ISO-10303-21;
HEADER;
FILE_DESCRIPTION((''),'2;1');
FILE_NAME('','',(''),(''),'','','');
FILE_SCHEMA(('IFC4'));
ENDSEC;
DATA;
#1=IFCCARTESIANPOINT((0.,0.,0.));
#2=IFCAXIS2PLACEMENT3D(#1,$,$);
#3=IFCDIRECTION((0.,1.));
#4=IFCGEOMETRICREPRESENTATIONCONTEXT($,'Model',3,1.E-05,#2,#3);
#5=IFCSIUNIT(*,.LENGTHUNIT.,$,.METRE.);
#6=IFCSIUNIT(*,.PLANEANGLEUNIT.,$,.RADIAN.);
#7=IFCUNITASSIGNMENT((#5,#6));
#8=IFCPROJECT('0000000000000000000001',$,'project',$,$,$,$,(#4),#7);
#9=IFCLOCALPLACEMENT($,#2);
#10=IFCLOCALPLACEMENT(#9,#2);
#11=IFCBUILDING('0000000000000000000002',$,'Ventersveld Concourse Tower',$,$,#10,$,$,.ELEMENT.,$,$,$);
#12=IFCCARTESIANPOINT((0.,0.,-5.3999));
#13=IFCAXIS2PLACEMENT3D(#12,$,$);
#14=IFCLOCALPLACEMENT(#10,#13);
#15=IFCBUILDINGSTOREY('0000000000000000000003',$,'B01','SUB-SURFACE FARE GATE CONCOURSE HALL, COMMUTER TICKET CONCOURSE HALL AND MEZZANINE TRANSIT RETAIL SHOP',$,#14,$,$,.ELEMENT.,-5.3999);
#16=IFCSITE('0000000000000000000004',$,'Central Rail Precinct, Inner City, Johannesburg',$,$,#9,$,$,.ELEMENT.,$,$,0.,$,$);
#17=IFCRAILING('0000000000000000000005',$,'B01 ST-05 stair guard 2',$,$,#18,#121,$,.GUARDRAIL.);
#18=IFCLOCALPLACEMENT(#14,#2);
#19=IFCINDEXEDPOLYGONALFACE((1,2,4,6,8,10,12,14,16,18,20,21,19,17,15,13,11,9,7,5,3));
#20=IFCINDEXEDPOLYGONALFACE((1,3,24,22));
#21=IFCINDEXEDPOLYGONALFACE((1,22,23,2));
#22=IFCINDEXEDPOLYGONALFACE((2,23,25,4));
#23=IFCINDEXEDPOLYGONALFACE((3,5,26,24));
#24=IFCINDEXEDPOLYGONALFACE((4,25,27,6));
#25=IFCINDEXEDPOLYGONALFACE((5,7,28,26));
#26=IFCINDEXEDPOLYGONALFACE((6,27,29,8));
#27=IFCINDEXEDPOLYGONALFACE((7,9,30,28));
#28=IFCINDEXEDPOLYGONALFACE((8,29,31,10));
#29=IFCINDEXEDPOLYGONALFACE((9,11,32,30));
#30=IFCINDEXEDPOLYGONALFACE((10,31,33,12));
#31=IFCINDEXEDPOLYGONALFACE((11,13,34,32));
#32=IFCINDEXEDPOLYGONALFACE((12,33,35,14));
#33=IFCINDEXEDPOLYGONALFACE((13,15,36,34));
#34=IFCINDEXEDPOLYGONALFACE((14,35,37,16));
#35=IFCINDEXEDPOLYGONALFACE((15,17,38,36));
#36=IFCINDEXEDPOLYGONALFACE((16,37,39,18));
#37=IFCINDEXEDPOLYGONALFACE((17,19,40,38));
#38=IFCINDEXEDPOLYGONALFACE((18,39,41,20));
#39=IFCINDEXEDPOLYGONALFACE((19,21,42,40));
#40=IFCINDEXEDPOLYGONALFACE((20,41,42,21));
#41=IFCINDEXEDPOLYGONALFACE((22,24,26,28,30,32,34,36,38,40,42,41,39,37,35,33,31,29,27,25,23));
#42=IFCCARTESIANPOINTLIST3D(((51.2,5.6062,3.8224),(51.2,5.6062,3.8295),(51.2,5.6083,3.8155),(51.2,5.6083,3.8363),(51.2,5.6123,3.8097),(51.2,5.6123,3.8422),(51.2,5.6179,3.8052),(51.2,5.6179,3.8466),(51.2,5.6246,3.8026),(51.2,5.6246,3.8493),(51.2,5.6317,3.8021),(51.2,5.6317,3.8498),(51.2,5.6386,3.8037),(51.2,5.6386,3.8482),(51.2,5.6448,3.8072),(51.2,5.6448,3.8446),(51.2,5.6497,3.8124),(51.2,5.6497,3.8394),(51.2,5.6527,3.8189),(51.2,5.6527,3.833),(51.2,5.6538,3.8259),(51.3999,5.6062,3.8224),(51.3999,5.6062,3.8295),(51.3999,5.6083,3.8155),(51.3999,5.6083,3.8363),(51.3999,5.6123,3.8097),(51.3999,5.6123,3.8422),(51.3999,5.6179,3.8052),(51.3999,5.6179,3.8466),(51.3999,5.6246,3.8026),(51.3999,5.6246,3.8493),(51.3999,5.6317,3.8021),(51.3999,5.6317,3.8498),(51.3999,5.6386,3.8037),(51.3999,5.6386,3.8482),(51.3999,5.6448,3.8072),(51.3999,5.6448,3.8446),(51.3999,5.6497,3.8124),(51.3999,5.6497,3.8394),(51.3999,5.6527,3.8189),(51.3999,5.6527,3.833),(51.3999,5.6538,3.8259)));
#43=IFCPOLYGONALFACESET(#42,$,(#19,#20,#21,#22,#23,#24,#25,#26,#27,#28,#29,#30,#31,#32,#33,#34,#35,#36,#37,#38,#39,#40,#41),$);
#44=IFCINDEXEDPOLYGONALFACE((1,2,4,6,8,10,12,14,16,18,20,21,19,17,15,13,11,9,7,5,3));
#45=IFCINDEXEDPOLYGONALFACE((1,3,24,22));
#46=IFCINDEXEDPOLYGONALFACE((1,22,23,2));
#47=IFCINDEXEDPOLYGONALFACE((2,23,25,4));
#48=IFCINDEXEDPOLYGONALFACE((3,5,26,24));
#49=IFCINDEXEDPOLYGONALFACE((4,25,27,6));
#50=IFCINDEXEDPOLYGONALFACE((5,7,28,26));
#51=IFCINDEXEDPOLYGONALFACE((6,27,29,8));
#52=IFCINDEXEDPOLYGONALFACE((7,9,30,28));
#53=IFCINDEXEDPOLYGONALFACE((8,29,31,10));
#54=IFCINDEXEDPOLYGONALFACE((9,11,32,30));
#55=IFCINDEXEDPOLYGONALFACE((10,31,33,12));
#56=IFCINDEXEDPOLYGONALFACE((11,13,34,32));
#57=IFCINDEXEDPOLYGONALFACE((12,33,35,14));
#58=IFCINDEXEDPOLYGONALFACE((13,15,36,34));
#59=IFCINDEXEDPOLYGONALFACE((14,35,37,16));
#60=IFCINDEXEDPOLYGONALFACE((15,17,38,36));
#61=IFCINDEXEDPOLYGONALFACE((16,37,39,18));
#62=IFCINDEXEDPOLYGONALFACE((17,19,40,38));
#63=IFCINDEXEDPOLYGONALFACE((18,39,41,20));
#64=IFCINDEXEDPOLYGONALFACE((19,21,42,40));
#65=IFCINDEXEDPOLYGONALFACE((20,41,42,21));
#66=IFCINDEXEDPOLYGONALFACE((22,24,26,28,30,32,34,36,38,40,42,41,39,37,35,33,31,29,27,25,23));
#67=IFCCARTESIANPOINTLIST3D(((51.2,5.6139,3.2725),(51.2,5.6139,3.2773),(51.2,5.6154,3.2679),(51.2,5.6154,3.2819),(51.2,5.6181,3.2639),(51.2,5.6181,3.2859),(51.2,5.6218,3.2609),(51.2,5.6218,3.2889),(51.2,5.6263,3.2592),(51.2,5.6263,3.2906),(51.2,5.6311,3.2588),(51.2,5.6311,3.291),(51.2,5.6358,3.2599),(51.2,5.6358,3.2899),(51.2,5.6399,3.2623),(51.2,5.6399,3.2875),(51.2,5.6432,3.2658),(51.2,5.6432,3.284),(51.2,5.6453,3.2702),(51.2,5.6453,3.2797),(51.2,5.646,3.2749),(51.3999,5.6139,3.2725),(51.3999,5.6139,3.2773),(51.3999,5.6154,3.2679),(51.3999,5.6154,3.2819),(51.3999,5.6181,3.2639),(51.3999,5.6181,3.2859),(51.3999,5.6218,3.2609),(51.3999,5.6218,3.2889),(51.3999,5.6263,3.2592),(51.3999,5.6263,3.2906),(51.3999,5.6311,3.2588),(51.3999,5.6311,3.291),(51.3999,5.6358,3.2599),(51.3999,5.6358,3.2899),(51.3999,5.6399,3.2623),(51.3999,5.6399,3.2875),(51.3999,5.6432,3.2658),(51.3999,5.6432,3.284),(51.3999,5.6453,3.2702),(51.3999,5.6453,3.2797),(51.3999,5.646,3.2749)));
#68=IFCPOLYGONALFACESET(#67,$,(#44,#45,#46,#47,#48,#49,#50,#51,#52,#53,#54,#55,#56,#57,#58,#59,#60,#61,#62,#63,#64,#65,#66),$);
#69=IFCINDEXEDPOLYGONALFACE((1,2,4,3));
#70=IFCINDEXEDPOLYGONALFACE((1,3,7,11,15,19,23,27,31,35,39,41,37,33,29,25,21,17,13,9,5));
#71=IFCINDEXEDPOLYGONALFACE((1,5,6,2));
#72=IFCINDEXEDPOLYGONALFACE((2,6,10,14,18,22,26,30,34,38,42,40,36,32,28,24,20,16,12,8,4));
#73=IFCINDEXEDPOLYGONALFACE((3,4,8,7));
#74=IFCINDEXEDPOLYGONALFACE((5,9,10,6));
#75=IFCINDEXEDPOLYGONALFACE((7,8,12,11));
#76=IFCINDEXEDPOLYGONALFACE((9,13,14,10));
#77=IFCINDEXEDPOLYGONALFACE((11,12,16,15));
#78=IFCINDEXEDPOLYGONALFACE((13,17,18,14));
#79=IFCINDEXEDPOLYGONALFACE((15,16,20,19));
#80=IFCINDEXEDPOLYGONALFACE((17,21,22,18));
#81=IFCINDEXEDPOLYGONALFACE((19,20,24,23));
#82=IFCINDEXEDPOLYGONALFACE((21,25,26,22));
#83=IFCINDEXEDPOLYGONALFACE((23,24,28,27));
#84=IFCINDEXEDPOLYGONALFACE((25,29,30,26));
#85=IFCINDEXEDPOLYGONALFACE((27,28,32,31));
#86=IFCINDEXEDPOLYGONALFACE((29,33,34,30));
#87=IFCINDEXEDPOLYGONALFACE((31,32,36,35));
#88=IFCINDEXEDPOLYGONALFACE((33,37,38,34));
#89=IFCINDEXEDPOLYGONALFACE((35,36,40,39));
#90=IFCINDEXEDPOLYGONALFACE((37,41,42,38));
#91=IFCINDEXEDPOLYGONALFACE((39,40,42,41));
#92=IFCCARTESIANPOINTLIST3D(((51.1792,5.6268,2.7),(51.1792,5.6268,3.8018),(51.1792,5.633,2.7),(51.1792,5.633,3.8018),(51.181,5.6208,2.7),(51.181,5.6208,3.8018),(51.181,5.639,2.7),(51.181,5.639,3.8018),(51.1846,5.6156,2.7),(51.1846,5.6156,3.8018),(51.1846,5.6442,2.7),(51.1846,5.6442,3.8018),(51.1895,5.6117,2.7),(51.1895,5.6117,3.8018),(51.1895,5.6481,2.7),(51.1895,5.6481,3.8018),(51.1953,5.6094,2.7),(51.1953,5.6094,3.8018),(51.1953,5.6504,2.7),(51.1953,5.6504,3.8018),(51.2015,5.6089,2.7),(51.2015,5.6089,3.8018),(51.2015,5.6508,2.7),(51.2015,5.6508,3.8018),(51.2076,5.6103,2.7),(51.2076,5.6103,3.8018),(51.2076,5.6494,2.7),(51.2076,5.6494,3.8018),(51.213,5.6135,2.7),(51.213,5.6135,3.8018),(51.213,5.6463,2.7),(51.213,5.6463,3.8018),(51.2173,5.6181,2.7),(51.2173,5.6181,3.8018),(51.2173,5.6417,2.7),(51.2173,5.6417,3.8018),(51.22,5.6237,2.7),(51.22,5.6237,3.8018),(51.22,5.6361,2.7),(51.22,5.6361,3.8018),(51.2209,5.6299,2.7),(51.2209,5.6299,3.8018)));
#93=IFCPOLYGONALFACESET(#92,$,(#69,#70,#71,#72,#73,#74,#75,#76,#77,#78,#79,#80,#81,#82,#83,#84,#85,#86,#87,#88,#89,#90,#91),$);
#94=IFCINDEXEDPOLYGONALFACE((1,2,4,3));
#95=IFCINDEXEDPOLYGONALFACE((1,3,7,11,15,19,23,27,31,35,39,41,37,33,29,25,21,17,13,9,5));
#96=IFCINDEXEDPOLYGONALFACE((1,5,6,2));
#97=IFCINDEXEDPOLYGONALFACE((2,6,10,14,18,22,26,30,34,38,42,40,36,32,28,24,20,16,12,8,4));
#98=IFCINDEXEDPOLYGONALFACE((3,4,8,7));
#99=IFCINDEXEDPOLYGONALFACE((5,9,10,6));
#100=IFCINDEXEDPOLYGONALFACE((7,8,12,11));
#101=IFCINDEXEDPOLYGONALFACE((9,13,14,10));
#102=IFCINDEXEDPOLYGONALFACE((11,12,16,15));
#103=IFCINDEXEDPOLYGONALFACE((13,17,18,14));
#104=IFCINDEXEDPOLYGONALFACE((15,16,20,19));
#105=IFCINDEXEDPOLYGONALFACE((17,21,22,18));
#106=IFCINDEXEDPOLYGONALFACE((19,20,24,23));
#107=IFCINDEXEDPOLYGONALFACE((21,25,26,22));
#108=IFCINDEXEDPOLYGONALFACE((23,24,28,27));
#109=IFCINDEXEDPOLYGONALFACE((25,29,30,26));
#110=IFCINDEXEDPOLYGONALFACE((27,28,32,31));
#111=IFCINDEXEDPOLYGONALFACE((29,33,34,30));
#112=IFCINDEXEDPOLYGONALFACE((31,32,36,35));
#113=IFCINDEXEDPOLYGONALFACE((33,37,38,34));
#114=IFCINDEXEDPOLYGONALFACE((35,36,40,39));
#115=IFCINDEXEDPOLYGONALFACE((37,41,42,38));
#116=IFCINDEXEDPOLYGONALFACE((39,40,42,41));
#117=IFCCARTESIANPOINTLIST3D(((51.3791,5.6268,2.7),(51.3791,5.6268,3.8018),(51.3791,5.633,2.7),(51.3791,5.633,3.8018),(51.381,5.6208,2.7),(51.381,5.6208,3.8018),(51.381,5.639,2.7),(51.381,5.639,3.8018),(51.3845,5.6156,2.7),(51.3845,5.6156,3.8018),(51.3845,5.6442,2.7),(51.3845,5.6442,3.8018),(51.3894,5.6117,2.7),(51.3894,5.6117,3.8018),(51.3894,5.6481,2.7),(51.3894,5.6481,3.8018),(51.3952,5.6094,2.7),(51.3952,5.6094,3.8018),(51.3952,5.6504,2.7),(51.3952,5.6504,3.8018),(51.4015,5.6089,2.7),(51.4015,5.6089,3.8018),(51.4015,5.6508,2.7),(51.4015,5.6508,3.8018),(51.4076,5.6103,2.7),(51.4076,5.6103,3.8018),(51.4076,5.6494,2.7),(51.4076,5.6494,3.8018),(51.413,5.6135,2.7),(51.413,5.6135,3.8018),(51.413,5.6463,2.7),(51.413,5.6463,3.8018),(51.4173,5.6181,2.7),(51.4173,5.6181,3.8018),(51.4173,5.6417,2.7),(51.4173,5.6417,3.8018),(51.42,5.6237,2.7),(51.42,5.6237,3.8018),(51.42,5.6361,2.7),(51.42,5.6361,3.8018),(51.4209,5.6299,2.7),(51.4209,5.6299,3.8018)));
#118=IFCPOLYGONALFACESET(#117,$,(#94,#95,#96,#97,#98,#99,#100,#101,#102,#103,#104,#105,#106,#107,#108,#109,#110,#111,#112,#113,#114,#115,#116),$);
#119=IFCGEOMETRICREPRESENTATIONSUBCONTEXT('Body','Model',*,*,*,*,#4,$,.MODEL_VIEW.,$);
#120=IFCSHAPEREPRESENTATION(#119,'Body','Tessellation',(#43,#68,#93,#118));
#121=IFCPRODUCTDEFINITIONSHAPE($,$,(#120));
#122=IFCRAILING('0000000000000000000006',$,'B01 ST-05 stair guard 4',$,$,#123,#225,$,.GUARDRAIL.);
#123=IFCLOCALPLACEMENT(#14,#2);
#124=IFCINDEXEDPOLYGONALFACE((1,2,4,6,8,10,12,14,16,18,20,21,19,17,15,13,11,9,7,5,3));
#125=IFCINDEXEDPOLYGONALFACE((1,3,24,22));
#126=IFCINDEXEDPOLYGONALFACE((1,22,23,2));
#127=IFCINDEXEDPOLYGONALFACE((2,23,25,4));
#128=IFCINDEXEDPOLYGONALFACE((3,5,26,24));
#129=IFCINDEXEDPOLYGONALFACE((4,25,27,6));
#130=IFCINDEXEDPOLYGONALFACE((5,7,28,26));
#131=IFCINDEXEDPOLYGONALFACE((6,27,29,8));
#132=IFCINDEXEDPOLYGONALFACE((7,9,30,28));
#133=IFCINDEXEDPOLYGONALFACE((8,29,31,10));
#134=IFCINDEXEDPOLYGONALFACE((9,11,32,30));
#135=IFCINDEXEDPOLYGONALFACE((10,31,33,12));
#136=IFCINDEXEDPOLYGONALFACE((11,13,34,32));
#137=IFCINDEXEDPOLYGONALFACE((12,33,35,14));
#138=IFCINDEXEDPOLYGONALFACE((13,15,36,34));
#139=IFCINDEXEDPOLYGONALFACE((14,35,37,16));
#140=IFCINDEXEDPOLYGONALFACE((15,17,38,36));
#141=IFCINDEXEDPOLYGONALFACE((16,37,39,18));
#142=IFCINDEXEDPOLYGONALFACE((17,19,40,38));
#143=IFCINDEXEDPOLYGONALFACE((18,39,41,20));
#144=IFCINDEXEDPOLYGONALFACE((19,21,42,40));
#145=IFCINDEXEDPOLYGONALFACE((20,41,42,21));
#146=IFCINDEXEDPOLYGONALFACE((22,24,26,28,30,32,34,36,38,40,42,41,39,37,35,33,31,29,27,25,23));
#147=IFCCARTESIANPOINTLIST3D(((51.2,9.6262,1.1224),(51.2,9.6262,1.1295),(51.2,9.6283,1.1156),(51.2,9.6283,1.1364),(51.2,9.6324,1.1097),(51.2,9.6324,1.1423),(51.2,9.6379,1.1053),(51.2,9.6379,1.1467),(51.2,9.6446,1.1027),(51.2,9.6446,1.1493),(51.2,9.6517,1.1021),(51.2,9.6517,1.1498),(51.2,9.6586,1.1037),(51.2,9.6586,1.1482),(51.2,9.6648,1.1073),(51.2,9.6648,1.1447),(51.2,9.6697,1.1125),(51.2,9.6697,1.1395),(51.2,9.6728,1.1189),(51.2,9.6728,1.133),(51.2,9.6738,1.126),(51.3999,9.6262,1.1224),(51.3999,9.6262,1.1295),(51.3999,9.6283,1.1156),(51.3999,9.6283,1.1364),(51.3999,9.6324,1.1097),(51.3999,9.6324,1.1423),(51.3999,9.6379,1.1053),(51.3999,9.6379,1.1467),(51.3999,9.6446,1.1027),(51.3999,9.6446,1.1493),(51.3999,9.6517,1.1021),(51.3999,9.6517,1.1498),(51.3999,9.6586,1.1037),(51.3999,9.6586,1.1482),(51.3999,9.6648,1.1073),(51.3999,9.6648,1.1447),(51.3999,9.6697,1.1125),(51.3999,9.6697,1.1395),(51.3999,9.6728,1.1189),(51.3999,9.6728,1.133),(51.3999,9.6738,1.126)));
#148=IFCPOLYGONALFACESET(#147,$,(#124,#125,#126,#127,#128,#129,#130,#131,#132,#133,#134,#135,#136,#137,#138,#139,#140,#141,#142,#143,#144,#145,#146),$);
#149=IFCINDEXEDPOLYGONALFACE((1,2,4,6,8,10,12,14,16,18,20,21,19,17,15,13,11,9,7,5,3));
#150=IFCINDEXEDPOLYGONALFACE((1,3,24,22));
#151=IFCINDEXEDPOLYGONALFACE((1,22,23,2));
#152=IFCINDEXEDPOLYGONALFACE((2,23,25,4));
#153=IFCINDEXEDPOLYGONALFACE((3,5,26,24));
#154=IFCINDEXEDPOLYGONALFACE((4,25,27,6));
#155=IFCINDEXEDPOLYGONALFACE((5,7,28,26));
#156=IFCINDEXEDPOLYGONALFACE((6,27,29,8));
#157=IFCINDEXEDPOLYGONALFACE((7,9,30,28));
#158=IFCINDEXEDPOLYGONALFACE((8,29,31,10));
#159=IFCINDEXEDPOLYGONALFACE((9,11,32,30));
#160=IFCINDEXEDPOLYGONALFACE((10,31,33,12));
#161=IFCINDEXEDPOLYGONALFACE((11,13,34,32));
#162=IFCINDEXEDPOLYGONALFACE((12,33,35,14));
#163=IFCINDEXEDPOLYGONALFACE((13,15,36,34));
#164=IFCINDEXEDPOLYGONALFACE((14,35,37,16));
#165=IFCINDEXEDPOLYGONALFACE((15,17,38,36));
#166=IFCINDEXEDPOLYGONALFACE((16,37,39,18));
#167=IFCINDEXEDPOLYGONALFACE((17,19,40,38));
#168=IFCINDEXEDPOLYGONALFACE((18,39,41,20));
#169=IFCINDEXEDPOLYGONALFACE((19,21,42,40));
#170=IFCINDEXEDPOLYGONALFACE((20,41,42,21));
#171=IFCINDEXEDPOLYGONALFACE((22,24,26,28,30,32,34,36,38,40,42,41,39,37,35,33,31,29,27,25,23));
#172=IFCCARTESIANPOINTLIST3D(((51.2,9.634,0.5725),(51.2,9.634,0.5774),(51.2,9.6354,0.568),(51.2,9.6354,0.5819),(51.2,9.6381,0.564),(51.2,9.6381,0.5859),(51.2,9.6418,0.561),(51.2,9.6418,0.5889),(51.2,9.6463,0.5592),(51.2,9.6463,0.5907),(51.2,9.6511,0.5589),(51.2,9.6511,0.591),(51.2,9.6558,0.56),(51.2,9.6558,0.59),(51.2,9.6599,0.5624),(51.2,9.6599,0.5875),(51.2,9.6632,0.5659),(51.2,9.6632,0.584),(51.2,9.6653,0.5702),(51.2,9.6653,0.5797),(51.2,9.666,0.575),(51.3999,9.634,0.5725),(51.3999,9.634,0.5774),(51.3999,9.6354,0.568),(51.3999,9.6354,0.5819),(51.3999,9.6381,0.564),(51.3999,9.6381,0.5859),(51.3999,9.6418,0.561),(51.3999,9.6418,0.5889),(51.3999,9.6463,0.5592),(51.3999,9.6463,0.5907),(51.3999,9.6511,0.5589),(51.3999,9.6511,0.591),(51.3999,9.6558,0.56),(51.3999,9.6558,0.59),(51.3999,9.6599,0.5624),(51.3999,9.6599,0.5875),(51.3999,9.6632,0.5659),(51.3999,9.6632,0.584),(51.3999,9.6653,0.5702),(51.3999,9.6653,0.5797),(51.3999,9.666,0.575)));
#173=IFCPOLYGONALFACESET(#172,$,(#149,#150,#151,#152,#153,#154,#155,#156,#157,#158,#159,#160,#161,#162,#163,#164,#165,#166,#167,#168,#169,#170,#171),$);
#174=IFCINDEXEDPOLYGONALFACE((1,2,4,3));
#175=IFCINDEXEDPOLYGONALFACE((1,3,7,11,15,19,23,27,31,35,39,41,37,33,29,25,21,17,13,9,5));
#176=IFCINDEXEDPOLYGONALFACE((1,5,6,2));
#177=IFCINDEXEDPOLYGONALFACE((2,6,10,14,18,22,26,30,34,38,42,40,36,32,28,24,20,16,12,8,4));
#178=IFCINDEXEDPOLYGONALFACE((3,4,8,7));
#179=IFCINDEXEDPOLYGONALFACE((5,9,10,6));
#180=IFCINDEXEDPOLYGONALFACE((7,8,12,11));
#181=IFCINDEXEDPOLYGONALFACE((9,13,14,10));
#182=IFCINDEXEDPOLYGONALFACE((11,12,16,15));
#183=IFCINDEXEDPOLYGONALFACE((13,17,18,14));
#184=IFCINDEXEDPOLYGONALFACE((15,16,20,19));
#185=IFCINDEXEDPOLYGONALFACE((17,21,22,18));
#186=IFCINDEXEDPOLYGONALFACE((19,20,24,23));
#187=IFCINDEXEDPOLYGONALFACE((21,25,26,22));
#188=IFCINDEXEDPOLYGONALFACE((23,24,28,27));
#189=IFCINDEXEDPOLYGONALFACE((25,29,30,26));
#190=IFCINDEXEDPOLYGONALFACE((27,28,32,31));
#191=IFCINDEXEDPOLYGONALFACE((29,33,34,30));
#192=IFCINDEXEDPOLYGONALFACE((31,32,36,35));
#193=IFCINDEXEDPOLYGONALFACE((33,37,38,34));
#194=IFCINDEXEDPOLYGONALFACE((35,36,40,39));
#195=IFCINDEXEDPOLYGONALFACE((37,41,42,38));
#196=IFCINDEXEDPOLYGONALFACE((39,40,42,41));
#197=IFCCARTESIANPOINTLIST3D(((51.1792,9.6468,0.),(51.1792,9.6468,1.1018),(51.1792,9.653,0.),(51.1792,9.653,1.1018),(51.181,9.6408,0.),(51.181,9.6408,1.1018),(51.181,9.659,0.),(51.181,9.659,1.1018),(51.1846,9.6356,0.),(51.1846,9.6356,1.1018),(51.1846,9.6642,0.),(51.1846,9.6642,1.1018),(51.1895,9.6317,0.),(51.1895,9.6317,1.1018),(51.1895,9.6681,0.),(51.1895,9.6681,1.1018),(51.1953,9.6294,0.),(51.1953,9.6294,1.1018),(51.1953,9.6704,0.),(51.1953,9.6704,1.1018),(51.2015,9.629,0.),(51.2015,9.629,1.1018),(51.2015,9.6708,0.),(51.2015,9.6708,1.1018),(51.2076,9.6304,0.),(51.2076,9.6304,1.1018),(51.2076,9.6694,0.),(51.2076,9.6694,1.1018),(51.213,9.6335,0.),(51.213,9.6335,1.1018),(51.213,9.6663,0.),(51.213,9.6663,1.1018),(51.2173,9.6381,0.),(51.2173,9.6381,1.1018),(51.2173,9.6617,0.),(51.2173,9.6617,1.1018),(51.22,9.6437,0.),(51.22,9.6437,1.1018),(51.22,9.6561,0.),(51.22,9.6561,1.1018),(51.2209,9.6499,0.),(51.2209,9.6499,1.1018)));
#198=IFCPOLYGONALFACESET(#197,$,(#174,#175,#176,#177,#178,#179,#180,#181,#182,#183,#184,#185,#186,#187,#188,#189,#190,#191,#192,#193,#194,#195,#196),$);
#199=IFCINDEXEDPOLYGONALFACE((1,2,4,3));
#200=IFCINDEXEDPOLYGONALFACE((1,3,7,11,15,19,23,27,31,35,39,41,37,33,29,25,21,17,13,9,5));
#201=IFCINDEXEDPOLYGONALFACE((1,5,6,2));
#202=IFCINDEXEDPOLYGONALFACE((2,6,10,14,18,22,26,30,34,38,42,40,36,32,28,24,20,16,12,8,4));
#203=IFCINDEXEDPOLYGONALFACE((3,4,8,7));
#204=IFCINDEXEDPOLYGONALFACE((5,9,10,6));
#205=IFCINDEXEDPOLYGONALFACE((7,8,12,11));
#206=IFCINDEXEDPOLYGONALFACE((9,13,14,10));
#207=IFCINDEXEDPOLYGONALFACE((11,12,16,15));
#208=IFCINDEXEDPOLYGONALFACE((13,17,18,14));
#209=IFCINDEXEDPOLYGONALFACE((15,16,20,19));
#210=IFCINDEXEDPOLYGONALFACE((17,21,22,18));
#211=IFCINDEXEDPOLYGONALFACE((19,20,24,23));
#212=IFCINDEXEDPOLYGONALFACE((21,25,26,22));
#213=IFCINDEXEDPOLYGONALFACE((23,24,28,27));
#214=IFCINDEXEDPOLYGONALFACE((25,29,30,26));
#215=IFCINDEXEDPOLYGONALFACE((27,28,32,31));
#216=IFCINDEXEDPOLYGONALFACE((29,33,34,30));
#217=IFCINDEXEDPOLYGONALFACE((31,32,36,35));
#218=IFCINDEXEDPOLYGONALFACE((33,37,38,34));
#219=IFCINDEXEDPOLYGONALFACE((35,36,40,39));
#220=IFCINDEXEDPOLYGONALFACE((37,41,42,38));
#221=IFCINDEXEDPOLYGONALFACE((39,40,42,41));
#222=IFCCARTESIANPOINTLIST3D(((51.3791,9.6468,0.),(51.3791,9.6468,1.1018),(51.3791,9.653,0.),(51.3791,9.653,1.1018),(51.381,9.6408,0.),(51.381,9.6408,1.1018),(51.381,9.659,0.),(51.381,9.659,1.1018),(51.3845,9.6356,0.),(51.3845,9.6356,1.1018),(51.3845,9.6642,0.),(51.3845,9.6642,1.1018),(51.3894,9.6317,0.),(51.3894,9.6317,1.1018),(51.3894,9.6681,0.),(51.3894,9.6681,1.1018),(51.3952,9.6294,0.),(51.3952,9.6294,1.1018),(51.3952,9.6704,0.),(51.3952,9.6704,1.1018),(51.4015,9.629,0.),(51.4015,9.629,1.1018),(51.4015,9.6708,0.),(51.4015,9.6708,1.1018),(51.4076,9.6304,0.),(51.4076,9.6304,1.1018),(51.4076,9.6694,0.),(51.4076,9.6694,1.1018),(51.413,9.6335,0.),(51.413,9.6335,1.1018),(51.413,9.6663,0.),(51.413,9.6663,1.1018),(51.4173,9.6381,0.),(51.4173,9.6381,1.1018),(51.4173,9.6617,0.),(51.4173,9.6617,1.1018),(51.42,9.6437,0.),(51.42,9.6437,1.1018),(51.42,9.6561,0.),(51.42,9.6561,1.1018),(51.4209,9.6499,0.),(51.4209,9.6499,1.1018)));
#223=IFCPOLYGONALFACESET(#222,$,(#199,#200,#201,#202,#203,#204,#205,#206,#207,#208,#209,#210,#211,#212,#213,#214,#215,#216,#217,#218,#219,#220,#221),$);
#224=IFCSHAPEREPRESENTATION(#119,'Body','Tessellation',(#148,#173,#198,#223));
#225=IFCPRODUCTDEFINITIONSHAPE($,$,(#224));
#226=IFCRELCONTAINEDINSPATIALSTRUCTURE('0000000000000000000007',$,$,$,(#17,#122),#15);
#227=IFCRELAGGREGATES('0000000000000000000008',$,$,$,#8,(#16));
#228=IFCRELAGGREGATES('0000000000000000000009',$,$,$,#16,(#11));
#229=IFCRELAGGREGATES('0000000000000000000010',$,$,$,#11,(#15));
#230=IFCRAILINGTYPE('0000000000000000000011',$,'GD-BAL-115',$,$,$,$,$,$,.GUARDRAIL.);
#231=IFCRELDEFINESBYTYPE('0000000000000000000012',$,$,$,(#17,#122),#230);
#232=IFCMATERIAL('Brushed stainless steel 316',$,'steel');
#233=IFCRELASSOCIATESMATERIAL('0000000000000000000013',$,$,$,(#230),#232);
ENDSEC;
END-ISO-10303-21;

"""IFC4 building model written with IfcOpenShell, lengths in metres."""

from ifc_helpers import new_model, si_unit, direction, frame, origin, origin_2d, place, context, subcontext, project, spatial, circle, extrude, material, type_object, element, save


model = new_model("IFC4")

# Units and contexts
model_context = context("Model", 3, precision=1e-05, world=origin(), true_north=direction((0.0, 1.0)))
body_context = subcontext(model_context, "Body", "Model", "MODEL_VIEW")
ifc_project = project(units=[si_unit("LENGTHUNIT", "METRE"), si_unit("PLANEANGLEUNIT", "RADIAN")], contexts=[model_context])

# Site, building, storey
site_placement = place(None, origin())
site = spatial("IfcSite", under=ifc_project, at=site_placement, Name="Central Rail Precinct, Inner City, Johannesburg", CompositionType="ELEMENT", RefElevation=0.0)
building_placement = place(site_placement, origin())
building = spatial("IfcBuilding", under=site, at=building_placement, Name="Ventersveld Concourse Tower", CompositionType="ELEMENT")
storey_placement = place(building_placement, frame((0.0, 0.0, -5.3999)))
storey = spatial("IfcBuildingStorey", under=building, at=storey_placement, Name="B01", Description="SUB-SURFACE FARE GATE CONCOURSE HALL, COMMUTER TICKET CONCOURSE HALL AND MEZZANINE TRANSIT RETAIL SHOP", CompositionType="ELEMENT", Elevation=-5.3999)

# Railings
ifc_material_1 = material(Name="Brushed stainless steel 316", Category="steel")
railing_type_1 = type_object("IfcRailingType", Name="GD-BAL-115", PredefinedType="GUARDRAIL", material=ifc_material_1)
for number, where, name in (
    (1, (51.2, 5.6299, 2.7), "B01 ST-05 stair guard 2"),
    (2, (51.2, 9.6499, 0.0), "B01 ST-05 stair guard 4"),
):
    element("IfcRailing", number, at=place(storey_placement, frame(where)), inside=storey, type_object=railing_type_1, Name=name, PredefinedType="GUARDRAIL", context=body_context, shape_type="SweptSolid", body=[
        extrude(circle(Radius=0.0239, at=origin_2d()), frame((0.0, 0.0, 1.126), z_axis=(1.0, 0.0, 0.0), x_axis=(0.0, 1.0, 0.0)), (0.0, 0.0, 1.0), 0.2),
        extrude(circle(Radius=0.0161, at=origin_2d()), frame((0.0, 0.0, 0.575), z_axis=(1.0, 0.0, 0.0), x_axis=(0.0, 1.0, 0.0)), (0.0, 0.0, 1.0), 0.2),
        extrude(circle(Radius=0.021, at=origin_2d()), origin(), (0.0, 0.0, 1.0), 1.1018),
        extrude(circle(Radius=0.021, at=origin_2d()), frame((0.2, 0.0, 0.0)), (0.0, 0.0, 1.0), 1.1018),
    ])

save(model, "model.ifc")
